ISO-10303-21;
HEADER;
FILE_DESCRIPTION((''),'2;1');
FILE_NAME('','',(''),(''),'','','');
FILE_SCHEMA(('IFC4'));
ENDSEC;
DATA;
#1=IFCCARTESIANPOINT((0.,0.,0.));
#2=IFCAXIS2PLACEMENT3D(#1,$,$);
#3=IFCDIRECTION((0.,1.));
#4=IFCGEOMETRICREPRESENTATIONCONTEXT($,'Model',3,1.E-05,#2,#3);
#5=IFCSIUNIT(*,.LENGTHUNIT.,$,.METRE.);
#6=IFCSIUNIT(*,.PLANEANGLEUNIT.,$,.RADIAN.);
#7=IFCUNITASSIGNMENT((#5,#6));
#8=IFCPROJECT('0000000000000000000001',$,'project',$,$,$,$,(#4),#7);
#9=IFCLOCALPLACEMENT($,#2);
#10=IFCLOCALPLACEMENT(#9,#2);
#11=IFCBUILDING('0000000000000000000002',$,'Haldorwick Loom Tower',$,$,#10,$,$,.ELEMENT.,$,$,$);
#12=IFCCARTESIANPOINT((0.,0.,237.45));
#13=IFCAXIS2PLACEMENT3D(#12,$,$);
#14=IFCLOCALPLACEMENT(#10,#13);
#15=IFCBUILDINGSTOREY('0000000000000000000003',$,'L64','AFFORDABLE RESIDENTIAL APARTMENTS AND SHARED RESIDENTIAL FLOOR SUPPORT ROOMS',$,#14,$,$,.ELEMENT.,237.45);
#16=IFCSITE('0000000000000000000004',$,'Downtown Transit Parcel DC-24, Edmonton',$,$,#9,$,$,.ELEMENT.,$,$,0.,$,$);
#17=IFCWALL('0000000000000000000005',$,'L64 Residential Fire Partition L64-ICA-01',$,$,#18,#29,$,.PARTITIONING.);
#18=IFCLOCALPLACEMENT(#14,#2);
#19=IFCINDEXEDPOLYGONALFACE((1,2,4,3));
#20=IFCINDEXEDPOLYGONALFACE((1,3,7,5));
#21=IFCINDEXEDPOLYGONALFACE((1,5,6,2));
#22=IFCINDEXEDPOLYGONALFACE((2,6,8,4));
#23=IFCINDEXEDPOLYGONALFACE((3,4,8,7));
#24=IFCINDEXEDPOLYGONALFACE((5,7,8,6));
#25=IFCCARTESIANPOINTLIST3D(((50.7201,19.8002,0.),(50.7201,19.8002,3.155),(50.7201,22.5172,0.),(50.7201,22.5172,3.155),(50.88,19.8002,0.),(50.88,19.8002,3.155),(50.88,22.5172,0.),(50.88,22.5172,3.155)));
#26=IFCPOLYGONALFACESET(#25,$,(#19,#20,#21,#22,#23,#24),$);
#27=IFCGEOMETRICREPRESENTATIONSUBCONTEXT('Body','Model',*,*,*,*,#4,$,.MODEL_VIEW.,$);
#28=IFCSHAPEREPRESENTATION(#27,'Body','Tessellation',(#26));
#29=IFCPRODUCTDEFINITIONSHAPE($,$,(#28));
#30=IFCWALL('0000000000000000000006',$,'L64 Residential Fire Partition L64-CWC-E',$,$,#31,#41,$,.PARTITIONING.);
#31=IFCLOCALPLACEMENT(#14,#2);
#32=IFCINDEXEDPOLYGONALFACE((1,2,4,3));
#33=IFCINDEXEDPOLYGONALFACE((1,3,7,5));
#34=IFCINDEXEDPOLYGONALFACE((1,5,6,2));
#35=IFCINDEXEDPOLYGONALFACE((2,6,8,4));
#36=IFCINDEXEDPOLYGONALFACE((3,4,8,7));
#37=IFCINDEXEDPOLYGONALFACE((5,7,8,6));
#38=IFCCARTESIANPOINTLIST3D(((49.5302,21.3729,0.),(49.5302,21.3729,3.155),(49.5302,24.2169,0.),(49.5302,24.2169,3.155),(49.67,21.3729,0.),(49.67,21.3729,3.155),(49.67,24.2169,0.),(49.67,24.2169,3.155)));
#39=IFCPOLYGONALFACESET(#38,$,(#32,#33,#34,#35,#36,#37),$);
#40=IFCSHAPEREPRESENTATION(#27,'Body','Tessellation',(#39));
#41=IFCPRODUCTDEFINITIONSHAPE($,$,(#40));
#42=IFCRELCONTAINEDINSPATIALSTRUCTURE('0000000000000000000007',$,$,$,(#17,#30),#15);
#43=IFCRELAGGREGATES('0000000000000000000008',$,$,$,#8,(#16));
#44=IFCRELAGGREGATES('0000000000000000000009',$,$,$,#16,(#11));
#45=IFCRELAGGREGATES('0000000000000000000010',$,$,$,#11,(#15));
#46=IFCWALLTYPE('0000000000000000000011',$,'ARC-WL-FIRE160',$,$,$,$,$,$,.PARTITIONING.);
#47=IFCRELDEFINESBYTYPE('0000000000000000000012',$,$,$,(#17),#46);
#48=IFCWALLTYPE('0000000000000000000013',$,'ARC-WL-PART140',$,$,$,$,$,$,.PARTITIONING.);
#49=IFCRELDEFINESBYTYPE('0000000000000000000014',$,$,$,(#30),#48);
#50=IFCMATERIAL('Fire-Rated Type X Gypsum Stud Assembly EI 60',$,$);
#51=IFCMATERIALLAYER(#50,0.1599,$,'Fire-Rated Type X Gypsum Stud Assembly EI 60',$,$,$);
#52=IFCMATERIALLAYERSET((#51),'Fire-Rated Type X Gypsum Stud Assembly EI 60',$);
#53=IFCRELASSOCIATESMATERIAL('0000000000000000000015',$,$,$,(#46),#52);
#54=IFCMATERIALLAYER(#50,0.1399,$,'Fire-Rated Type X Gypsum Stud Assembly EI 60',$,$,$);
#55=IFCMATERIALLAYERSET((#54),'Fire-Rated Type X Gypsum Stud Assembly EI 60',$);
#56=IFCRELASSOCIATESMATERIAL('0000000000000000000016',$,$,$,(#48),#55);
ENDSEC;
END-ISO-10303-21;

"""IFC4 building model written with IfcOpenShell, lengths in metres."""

from ifc_helpers import new_model, si_unit, direction, frame, frame_2d, origin, place, context, subcontext, project, spatial, rectangle, extrude, material, layer, layer_set, type_object, element, save


model = new_model("IFC4")

# Units and contexts
model_context = context("Model", 3, precision=1e-05, world=origin(), true_north=direction((0.0, 1.0)))
body_context = subcontext(model_context, "Body", "Model", "MODEL_VIEW")
ifc_project = project(units=[si_unit("LENGTHUNIT", "METRE"), si_unit("PLANEANGLEUNIT", "RADIAN")], contexts=[model_context])

# Site, building, storey
site_placement = place(None, origin())
site = spatial("IfcSite", under=ifc_project, at=site_placement, Name="Downtown Transit Parcel DC-24, Edmonton", CompositionType="ELEMENT", RefElevation=0.0)
building_placement = place(site_placement, origin())
building = spatial("IfcBuilding", under=site, at=building_placement, Name="Haldorwick Loom Tower", CompositionType="ELEMENT")
storey_placement = place(building_placement, frame((0.0, 0.0, 237.45)))
storey = spatial("IfcBuildingStorey", under=building, at=storey_placement, Name="L64", Description="AFFORDABLE RESIDENTIAL APARTMENTS AND SHARED RESIDENTIAL FLOOR SUPPORT ROOMS", CompositionType="ELEMENT", Elevation=237.45)

# Shared definitions
ifc_material_1 = material(Name="Fire-Rated Type X Gypsum Stud Assembly EI 60")
ifc_layer_1 = layer(ifc_material_1, 0.1599, Name="Fire-Rated Type X Gypsum Stud Assembly EI 60")
ifc_layer_set_1 = layer_set([ifc_layer_1], Name="Fire-Rated Type X Gypsum Stud Assembly EI 60")
wall_type_1 = type_object("IfcWallType", Name="ARC-WL-FIRE160", PredefinedType="PARTITIONING", material=ifc_layer_set_1)

# Walls
wall_1_placement = place(storey_placement, frame((50.8, 22.5171, 0.0), z_axis=(0.0, 0.0, 1.0), x_axis=(0.0, -1.0, 0.0)))
element("IfcWall", 1, at=wall_1_placement, inside=storey, type_object=wall_type_1, Name="L64 Residential Fire Partition L64-ICA-01", PredefinedType="PARTITIONING", context=body_context, shape_type="SweptSolid", body=[
    extrude(rectangle(XDim=2.717, YDim=0.1599, at=frame_2d((1.3584, 0.0))), origin(), (0.0, 0.0, 1.0), 3.155),
])
ifc_layer_2 = layer(ifc_material_1, 0.1399, Name="Fire-Rated Type X Gypsum Stud Assembly EI 60")
ifc_layer_set_2 = layer_set([ifc_layer_2], Name="Fire-Rated Type X Gypsum Stud Assembly EI 60")
wall_type_2 = type_object("IfcWallType", Name="ARC-WL-PART140", PredefinedType="PARTITIONING", material=ifc_layer_set_2)
wall_2_placement = place(storey_placement, frame((49.6001, 21.373, 0.0), z_axis=(0.0, 0.0, 1.0), x_axis=(0.0, 1.0, 0.0)))
element("IfcWall", 2, at=wall_2_placement, inside=storey, type_object=wall_type_2, Name="L64 Residential Fire Partition L64-CWC-E", PredefinedType="PARTITIONING", context=body_context, shape_type="SweptSolid", body=[
    extrude(rectangle(XDim=2.844, YDim=0.1399, at=frame_2d((1.4219, 0.0))), origin(), (0.0, 0.0, 1.0), 3.155),
])

save(model, "model.ifc")
